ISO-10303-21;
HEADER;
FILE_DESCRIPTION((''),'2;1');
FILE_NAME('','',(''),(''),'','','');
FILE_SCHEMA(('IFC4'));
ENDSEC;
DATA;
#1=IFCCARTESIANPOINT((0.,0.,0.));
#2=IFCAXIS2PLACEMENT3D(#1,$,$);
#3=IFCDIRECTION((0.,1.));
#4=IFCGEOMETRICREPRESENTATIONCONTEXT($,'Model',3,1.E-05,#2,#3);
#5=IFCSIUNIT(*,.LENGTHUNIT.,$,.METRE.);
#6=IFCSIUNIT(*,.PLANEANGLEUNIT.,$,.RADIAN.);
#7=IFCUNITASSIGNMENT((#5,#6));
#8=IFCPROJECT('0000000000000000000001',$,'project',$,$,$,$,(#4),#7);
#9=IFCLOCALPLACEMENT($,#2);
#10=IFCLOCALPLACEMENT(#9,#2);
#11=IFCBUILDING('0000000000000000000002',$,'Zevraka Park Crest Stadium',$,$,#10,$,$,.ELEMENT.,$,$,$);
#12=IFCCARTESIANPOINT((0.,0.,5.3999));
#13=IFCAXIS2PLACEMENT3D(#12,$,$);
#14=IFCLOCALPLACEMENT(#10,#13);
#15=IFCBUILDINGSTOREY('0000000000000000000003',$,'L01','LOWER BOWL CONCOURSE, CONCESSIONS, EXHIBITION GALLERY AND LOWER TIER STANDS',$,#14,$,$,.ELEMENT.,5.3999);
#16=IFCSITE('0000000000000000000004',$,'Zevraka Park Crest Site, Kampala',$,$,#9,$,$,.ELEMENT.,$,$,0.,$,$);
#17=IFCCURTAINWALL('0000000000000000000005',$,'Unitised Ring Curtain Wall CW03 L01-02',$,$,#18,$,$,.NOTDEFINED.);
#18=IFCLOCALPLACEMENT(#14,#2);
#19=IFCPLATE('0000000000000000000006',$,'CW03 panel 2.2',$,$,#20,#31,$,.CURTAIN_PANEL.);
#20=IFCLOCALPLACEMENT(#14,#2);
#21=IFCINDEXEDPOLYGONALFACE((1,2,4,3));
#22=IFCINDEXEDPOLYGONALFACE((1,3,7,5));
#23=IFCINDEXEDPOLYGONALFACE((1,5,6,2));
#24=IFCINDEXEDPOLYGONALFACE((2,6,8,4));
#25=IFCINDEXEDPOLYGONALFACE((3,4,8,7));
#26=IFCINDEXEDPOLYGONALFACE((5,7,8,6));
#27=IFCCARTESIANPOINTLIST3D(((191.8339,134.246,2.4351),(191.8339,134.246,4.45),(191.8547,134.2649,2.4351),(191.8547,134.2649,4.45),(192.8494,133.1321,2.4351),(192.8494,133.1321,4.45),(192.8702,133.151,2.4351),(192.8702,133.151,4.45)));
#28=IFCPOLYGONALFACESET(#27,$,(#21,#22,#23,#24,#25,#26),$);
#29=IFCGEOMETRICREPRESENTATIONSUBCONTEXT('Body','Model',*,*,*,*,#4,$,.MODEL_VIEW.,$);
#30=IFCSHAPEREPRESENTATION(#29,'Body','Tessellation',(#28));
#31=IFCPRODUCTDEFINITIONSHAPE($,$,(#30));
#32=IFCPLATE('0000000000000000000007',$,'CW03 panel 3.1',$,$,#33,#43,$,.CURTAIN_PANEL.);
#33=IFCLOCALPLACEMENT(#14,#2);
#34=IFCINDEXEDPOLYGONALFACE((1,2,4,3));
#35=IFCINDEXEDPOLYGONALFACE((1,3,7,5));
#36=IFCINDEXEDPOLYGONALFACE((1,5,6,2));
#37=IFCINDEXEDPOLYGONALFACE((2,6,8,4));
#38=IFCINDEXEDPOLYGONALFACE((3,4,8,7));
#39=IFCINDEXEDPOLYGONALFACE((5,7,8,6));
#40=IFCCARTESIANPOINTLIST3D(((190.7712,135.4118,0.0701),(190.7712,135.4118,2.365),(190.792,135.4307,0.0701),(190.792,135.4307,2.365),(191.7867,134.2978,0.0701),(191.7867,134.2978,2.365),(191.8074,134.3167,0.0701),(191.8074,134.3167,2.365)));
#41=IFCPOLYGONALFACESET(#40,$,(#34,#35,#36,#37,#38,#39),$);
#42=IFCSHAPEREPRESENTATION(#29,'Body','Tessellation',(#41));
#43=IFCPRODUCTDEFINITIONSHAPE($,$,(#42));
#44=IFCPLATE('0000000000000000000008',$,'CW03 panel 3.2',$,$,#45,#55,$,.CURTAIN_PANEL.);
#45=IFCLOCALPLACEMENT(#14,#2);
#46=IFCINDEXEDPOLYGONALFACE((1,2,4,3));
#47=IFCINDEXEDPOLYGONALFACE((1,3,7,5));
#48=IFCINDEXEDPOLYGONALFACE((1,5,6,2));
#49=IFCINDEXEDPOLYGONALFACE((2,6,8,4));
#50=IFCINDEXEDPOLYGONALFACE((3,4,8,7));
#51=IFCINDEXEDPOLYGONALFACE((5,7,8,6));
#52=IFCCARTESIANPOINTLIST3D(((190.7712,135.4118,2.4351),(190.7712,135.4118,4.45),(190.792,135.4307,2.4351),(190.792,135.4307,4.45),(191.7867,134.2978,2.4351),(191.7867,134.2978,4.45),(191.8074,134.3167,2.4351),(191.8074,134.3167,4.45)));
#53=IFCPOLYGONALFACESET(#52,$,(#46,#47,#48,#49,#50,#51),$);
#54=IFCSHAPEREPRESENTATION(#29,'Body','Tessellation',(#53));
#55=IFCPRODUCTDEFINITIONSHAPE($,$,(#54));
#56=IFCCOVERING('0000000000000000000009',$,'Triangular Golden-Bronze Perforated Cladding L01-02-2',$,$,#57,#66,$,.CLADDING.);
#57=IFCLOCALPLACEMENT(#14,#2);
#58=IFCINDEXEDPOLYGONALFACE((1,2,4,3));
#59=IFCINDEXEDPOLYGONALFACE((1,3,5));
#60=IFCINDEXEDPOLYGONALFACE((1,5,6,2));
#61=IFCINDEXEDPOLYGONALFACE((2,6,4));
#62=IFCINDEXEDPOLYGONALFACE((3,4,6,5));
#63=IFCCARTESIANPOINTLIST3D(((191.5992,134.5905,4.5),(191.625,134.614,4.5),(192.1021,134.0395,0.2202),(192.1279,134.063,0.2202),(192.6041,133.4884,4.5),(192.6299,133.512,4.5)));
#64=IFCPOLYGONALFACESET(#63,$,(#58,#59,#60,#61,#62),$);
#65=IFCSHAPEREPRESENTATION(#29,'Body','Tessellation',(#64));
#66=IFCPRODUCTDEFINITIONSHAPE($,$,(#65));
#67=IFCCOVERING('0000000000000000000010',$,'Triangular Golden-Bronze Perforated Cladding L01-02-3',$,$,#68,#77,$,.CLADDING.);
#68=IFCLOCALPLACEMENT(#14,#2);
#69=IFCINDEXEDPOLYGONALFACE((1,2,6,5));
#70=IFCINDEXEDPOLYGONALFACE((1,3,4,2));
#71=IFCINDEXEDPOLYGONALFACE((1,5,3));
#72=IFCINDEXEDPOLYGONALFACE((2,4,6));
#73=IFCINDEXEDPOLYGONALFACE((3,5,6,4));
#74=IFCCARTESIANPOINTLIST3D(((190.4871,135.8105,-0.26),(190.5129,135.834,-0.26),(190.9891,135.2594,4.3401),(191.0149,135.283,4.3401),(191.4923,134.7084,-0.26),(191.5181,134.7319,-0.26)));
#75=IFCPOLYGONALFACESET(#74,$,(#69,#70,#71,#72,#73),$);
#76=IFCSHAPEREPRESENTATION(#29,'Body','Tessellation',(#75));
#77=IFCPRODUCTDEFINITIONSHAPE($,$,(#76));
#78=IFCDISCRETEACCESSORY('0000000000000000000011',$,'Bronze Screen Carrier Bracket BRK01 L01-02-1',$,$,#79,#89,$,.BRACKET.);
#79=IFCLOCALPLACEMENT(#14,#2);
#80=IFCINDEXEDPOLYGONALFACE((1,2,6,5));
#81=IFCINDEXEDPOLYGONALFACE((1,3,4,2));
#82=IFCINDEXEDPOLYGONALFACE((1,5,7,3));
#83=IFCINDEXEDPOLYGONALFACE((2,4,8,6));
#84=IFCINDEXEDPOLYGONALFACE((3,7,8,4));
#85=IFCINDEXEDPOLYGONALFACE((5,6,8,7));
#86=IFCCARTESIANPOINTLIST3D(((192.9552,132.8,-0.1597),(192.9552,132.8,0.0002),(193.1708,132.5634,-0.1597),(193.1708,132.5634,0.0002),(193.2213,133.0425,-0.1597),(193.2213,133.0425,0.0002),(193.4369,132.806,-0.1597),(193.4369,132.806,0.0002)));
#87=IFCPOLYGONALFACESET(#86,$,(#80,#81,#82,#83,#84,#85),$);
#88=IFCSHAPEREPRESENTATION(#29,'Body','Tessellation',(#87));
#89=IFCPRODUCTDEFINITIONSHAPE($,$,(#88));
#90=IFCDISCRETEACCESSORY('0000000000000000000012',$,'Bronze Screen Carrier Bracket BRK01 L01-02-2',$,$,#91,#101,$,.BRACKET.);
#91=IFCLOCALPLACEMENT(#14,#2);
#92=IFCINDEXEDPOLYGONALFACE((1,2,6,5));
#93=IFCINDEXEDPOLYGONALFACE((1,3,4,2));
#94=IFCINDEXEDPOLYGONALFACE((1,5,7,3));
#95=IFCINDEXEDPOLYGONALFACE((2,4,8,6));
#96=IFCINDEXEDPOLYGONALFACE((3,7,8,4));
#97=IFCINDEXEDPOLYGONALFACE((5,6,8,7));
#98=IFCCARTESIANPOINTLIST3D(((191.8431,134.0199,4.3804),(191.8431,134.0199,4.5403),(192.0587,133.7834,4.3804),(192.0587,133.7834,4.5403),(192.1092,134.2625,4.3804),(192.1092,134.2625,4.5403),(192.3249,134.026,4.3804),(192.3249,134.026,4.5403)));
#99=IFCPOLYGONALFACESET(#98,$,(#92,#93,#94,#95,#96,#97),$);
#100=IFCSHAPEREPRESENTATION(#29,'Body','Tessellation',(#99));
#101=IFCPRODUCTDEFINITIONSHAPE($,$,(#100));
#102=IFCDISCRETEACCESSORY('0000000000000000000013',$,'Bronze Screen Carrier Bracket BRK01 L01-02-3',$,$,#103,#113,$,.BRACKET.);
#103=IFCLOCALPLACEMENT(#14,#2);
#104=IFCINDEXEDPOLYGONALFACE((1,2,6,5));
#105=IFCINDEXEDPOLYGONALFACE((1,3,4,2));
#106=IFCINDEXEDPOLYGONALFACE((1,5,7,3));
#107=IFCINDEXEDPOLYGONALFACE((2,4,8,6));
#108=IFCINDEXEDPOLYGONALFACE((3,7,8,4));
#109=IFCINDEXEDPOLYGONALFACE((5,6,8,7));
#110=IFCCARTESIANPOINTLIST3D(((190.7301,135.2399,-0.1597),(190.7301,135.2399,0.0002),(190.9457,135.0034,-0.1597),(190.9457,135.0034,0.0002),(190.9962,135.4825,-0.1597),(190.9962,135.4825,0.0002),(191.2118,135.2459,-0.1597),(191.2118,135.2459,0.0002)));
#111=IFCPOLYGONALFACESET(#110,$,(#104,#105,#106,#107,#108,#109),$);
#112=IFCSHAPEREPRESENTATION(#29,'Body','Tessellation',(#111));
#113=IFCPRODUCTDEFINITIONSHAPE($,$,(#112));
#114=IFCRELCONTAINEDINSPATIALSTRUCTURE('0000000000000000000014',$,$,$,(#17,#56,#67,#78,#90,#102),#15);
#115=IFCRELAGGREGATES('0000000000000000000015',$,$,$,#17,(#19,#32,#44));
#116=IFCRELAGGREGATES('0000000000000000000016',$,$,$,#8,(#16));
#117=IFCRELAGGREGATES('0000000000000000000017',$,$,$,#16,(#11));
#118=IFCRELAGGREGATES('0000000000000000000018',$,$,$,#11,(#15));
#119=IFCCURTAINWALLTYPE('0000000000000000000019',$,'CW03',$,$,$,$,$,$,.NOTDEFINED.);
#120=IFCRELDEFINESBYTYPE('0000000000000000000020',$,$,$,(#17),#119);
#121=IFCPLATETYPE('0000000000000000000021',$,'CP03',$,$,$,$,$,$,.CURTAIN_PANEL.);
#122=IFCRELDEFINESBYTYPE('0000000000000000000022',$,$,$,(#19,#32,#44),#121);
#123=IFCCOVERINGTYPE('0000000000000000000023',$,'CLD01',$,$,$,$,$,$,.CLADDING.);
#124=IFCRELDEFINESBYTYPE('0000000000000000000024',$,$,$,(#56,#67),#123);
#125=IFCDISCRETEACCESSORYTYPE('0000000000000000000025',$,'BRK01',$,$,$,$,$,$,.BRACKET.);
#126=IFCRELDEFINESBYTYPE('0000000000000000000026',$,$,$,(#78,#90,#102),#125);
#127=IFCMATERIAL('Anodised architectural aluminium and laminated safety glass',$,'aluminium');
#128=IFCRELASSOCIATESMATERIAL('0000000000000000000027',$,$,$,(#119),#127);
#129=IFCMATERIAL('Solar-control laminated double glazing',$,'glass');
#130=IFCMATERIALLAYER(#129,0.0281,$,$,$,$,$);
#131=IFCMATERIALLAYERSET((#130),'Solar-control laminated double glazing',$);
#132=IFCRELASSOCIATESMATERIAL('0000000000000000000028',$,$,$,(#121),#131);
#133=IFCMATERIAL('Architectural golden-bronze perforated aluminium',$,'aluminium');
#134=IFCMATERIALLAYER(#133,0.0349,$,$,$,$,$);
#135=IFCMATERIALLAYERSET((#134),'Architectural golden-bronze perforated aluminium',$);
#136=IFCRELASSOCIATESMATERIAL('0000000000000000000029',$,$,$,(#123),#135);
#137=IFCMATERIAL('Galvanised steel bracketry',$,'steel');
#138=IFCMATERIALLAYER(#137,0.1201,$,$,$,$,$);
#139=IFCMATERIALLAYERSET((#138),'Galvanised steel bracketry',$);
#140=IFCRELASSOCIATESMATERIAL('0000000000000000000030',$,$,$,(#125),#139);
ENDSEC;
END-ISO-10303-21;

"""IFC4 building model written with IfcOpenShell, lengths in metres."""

from ifc_helpers import new_model, si_unit, direction, frame, origin, origin_2d, place, context, subcontext, project, spatial, polyline, rectangle, outline, extrude, material, layer, layer_set, type_object, element, aggregate, save


model = new_model("IFC4")

# Units and contexts
model_context = context("Model", 3, precision=1e-05, world=origin(), true_north=direction((0.0, 1.0)))
body_context = subcontext(model_context, "Body", "Model", "MODEL_VIEW")
ifc_project = project(units=[si_unit("LENGTHUNIT", "METRE"), si_unit("PLANEANGLEUNIT", "RADIAN")], contexts=[model_context])

# Site, building, storey
site_placement = place(None, origin())
site = spatial("IfcSite", under=ifc_project, at=site_placement, Name="Zevraka Park Crest Site, Kampala", CompositionType="ELEMENT", RefElevation=0.0)
building_placement = place(site_placement, origin())
building = spatial("IfcBuilding", under=site, at=building_placement, Name="Zevraka Park Crest Stadium", CompositionType="ELEMENT")
storey_placement = place(building_placement, frame((0.0, 0.0, 5.3999)))
storey = spatial("IfcBuildingStorey", under=building, at=storey_placement, Name="L01", Description="LOWER BOWL CONCOURSE, CONCESSIONS, EXHIBITION GALLERY AND LOWER TIER STANDS", CompositionType="ELEMENT", Elevation=5.3999)

# Curtain wall, plates
ifc_material_1 = material(Name="Anodised architectural aluminium and laminated safety glass", Category="aluminium")
curtain_wall_type = type_object("IfcCurtainWallType", Name="CW03", PredefinedType="NOTDEFINED", material=ifc_material_1)
curtain_wall_placement = place(storey_placement, origin())
curtain_wall = element("IfcCurtainWall", 1, at=curtain_wall_placement, inside=storey, type_object=curtain_wall_type, Name="Unitised Ring Curtain Wall CW03 L01-02", PredefinedType="NOTDEFINED")
ifc_material_2 = material(Name="Solar-control laminated double glazing", Category="glass")
ifc_layer_1 = layer(ifc_material_2, 0.0281)
ifc_layer_set_1 = layer_set([ifc_layer_1], Name="Solar-control laminated double glazing")
plate_type = type_object("IfcPlateType", Name="CP03", PredefinedType="CURTAIN_PANEL", material=ifc_layer_set_1)
plate_1_placement = place(storey_placement, frame((192.3521, 133.6985, 2.4351), z_axis=(0.0, 0.0, 1.0), x_axis=(-0.67368, 0.739023, 0.0)))
plate_1 = element("IfcPlate", 2, at=plate_1_placement, type_object=plate_type, Name="CW03 panel 2.2", PredefinedType="CURTAIN_PANEL", context=body_context, shape_type="SweptSolid", body=[
    extrude(rectangle(XDim=1.5073, YDim=0.0281, at=origin_2d()), origin(), (0.0, 0.0, 1.0), 2.0149),
])
plate_2_placement = place(storey_placement, frame((191.2893, 134.8643, 0.0701), z_axis=(0.0, 0.0, 1.0), x_axis=(-0.67368, 0.739023, 0.0)))
plate_2 = element("IfcPlate", 3, at=plate_2_placement, type_object=plate_type, Name="CW03 panel 3.1", PredefinedType="CURTAIN_PANEL", context=body_context, shape_type="SweptSolid", body=[
    extrude(rectangle(XDim=1.5073, YDim=0.0281, at=origin_2d()), origin(), (0.0, 0.0, 1.0), 2.2949),
])
plate_3_placement = place(storey_placement, frame((191.2893, 134.8643, 2.4351), z_axis=(0.0, 0.0, 1.0), x_axis=(-0.67368, 0.739023, 0.0)))
plate_3 = element("IfcPlate", 4, at=plate_3_placement, type_object=plate_type, Name="CW03 panel 3.2", PredefinedType="CURTAIN_PANEL", context=body_context, shape_type="SweptSolid", body=[
    extrude(rectangle(XDim=1.5073, YDim=0.0281, at=origin_2d()), origin(), (0.0, 0.0, 1.0), 2.0149),
])
aggregate(curtain_wall, [plate_1, plate_2, plate_3])

# Coverings
ifc_material_3 = material(Name="Architectural golden-bronze perforated aluminium", Category="aluminium")
ifc_layer_2 = layer(ifc_material_3, 0.0349)
ifc_layer_set_2 = layer_set([ifc_layer_2], Name="Architectural golden-bronze perforated aluminium")
covering_type = type_object("IfcCoveringType", Name="CLD01", PredefinedType="CLADDING", material=ifc_layer_set_2)
covering_1_placement = place(storey_placement, frame((191.625, 134.614, 4.5), z_axis=(0.738932, 0.67378, 0.000084), x_axis=(0.67378, -0.738932, 0.0)))
element("IfcCovering", 5, at=covering_1_placement, inside=storey, type_object=covering_type, Name="Triangular Golden-Bronze Perforated Cladding L01-02-2", PredefinedType="CLADDING", context=body_context, shape_type="SweptSolid", body=[
    extrude(outline(polyline([(0.0, 0.0), (1.4914, 0.0), (0.746, 4.2798), (0.0, 0.0)])), origin(), (0.0, 0.0, -1.0), 0.0349),
])
covering_2_placement = place(storey_placement, frame((191.5181, 134.7319, -0.26), z_axis=(0.73885, 0.67387, 0.000098), x_axis=(-0.67387, 0.73885, 0.0)))
element("IfcCovering", 6, at=covering_2_placement, inside=storey, type_object=covering_type, Name="Triangular Golden-Bronze Perforated Cladding L01-02-3", PredefinedType="CLADDING", context=body_context, shape_type="SweptSolid", body=[
    extrude(outline(polyline([(0.0, 0.0), (1.4916, 0.0), (0.7462, 4.6001), (0.0, 0.0)])), origin(), (0.0, 0.0, -1.0), 0.0349),
])

# Discrete accessories
ifc_material_4 = material(Name="Galvanised steel bracketry", Category="steel")
ifc_layer_3 = layer(ifc_material_4, 0.1201)
ifc_layer_set_3 = layer_set([ifc_layer_3], Name="Galvanised steel bracketry")
discrete_accessory_type = type_object("IfcDiscreteAccessoryType", Name="BRK01", PredefinedType="BRACKET", material=ifc_layer_set_3)
for number, where, z_axis, x_axis, name in (
    (7, (193.196, 132.803, -0.1597), (0.0, 0.0, 1.0), (-0.673658, 0.739043, 0.0), "Bronze Screen Carrier Bracket BRK01 L01-02-1"),
    (8, (192.084, 134.0229, 4.3804), (0.0, 0.0, 1.0), (-0.673658, 0.739043, 0.0), "Bronze Screen Carrier Bracket BRK01 L01-02-2"),
    (9, (190.9709, 135.2429, -0.1597), (0.0, 0.0, 1.0), (-0.673658, 0.739043, 0.0), "Bronze Screen Carrier Bracket BRK01 L01-02-3"),
):
    element("IfcDiscreteAccessory", number, at=place(storey_placement, frame(where, z_axis=z_axis, x_axis=x_axis)), inside=storey, type_object=discrete_accessory_type, Name=name, PredefinedType="BRACKET", context=body_context, shape_type="SweptSolid", body=[
        extrude(rectangle(XDim=0.3201, YDim=0.3601, at=origin_2d()), origin(), (0.0, 0.0, 1.0), 0.1599),
    ])

save(model, "model.ifc")
